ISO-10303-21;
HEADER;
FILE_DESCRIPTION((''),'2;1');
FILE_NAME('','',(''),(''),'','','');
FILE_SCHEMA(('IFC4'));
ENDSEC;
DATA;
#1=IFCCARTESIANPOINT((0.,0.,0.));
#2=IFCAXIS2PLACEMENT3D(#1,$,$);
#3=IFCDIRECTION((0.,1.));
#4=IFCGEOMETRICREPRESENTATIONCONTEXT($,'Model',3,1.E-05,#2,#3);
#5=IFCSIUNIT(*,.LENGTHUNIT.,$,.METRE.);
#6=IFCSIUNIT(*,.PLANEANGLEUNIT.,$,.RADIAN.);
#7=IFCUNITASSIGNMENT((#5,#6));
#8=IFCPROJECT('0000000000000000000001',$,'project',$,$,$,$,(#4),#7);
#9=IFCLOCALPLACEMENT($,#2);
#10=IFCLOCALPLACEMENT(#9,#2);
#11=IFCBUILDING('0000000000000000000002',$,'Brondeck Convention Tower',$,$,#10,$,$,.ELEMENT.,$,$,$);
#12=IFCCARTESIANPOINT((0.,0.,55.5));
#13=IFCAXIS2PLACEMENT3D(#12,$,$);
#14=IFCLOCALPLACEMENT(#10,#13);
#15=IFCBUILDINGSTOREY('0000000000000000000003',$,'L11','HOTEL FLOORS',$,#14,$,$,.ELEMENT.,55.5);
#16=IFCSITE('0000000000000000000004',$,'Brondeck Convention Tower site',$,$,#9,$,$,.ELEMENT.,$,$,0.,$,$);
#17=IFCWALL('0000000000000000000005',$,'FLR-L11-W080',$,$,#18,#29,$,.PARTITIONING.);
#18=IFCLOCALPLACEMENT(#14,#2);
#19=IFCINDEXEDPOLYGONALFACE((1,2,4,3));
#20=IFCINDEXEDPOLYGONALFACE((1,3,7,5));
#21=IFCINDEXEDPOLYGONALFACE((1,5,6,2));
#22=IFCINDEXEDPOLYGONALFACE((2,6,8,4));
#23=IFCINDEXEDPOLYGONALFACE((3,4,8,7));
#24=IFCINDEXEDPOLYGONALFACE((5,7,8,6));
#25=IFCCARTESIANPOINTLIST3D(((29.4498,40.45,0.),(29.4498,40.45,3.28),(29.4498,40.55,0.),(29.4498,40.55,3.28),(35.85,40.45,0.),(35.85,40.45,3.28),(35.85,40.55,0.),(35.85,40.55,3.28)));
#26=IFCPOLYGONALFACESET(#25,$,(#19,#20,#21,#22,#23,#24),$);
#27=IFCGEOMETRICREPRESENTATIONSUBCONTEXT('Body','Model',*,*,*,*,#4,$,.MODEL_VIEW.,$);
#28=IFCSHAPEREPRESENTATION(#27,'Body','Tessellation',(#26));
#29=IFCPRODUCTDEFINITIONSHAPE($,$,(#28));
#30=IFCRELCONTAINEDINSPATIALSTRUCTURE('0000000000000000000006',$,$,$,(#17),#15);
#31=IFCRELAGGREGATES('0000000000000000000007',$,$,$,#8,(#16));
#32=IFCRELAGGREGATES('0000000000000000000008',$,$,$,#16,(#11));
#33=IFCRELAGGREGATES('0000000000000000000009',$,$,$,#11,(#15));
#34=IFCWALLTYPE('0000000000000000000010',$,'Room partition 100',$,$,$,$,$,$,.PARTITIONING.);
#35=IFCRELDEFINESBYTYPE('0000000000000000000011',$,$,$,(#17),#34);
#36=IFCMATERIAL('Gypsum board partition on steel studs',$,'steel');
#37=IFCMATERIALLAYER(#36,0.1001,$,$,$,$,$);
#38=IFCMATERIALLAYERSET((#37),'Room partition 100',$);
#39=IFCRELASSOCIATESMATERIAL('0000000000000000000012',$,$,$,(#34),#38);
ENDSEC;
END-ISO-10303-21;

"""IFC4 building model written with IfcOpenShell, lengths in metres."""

from ifc_helpers import new_model, si_unit, direction, frame, frame_2d, origin, place, context, subcontext, project, spatial, rectangle, extrude, material, layer, layer_set, type_object, element, save


model = new_model("IFC4")

# Units and contexts
model_context = context("Model", 3, precision=1e-05, world=origin(), true_north=direction((0.0, 1.0)))
body_context = subcontext(model_context, "Body", "Model", "MODEL_VIEW")
ifc_project = project(units=[si_unit("LENGTHUNIT", "METRE"), si_unit("PLANEANGLEUNIT", "RADIAN")], contexts=[model_context])

# Site, building, storey
site_placement = place(None, origin())
site = spatial("IfcSite", under=ifc_project, at=site_placement, Name="Brondeck Convention Tower site", CompositionType="ELEMENT", RefElevation=0.0)
building_placement = place(site_placement, origin())
building = spatial("IfcBuilding", under=site, at=building_placement, Name="Brondeck Convention Tower", CompositionType="ELEMENT")
storey_placement = place(building_placement, frame((0.0, 0.0, 55.5)))
storey = spatial("IfcBuildingStorey", under=building, at=storey_placement, Name="L11", Description="HOTEL FLOORS", CompositionType="ELEMENT", Elevation=55.5)

# Shared definitions
ifc_material_1 = material(Name="Gypsum board partition on steel studs", Category="steel")
ifc_layer_1 = layer(ifc_material_1, 0.1001)
ifc_layer_set_1 = layer_set([ifc_layer_1], Name="Room partition 100")
wall_type_1 = type_object("IfcWallType", Name="Room partition 100", PredefinedType="PARTITIONING", material=ifc_layer_set_1)

# Wall
wall_1_placement = place(storey_placement, frame((35.8501, 40.5, 0.0), z_axis=(0.0, 0.0, 1.0), x_axis=(-1.0, 0.0, 0.0)))
element("IfcWall", 1, at=wall_1_placement, inside=storey, type_object=wall_type_1, Name="FLR-L11-W080", PredefinedType="PARTITIONING", context=body_context, shape_type="SweptSolid", body=[
    extrude(rectangle(XDim=6.4001, YDim=0.1001, at=frame_2d((3.2002, 0.0))), origin(), (0.0, 0.0, 1.0), 3.28),
])

save(model, "model.ifc")
